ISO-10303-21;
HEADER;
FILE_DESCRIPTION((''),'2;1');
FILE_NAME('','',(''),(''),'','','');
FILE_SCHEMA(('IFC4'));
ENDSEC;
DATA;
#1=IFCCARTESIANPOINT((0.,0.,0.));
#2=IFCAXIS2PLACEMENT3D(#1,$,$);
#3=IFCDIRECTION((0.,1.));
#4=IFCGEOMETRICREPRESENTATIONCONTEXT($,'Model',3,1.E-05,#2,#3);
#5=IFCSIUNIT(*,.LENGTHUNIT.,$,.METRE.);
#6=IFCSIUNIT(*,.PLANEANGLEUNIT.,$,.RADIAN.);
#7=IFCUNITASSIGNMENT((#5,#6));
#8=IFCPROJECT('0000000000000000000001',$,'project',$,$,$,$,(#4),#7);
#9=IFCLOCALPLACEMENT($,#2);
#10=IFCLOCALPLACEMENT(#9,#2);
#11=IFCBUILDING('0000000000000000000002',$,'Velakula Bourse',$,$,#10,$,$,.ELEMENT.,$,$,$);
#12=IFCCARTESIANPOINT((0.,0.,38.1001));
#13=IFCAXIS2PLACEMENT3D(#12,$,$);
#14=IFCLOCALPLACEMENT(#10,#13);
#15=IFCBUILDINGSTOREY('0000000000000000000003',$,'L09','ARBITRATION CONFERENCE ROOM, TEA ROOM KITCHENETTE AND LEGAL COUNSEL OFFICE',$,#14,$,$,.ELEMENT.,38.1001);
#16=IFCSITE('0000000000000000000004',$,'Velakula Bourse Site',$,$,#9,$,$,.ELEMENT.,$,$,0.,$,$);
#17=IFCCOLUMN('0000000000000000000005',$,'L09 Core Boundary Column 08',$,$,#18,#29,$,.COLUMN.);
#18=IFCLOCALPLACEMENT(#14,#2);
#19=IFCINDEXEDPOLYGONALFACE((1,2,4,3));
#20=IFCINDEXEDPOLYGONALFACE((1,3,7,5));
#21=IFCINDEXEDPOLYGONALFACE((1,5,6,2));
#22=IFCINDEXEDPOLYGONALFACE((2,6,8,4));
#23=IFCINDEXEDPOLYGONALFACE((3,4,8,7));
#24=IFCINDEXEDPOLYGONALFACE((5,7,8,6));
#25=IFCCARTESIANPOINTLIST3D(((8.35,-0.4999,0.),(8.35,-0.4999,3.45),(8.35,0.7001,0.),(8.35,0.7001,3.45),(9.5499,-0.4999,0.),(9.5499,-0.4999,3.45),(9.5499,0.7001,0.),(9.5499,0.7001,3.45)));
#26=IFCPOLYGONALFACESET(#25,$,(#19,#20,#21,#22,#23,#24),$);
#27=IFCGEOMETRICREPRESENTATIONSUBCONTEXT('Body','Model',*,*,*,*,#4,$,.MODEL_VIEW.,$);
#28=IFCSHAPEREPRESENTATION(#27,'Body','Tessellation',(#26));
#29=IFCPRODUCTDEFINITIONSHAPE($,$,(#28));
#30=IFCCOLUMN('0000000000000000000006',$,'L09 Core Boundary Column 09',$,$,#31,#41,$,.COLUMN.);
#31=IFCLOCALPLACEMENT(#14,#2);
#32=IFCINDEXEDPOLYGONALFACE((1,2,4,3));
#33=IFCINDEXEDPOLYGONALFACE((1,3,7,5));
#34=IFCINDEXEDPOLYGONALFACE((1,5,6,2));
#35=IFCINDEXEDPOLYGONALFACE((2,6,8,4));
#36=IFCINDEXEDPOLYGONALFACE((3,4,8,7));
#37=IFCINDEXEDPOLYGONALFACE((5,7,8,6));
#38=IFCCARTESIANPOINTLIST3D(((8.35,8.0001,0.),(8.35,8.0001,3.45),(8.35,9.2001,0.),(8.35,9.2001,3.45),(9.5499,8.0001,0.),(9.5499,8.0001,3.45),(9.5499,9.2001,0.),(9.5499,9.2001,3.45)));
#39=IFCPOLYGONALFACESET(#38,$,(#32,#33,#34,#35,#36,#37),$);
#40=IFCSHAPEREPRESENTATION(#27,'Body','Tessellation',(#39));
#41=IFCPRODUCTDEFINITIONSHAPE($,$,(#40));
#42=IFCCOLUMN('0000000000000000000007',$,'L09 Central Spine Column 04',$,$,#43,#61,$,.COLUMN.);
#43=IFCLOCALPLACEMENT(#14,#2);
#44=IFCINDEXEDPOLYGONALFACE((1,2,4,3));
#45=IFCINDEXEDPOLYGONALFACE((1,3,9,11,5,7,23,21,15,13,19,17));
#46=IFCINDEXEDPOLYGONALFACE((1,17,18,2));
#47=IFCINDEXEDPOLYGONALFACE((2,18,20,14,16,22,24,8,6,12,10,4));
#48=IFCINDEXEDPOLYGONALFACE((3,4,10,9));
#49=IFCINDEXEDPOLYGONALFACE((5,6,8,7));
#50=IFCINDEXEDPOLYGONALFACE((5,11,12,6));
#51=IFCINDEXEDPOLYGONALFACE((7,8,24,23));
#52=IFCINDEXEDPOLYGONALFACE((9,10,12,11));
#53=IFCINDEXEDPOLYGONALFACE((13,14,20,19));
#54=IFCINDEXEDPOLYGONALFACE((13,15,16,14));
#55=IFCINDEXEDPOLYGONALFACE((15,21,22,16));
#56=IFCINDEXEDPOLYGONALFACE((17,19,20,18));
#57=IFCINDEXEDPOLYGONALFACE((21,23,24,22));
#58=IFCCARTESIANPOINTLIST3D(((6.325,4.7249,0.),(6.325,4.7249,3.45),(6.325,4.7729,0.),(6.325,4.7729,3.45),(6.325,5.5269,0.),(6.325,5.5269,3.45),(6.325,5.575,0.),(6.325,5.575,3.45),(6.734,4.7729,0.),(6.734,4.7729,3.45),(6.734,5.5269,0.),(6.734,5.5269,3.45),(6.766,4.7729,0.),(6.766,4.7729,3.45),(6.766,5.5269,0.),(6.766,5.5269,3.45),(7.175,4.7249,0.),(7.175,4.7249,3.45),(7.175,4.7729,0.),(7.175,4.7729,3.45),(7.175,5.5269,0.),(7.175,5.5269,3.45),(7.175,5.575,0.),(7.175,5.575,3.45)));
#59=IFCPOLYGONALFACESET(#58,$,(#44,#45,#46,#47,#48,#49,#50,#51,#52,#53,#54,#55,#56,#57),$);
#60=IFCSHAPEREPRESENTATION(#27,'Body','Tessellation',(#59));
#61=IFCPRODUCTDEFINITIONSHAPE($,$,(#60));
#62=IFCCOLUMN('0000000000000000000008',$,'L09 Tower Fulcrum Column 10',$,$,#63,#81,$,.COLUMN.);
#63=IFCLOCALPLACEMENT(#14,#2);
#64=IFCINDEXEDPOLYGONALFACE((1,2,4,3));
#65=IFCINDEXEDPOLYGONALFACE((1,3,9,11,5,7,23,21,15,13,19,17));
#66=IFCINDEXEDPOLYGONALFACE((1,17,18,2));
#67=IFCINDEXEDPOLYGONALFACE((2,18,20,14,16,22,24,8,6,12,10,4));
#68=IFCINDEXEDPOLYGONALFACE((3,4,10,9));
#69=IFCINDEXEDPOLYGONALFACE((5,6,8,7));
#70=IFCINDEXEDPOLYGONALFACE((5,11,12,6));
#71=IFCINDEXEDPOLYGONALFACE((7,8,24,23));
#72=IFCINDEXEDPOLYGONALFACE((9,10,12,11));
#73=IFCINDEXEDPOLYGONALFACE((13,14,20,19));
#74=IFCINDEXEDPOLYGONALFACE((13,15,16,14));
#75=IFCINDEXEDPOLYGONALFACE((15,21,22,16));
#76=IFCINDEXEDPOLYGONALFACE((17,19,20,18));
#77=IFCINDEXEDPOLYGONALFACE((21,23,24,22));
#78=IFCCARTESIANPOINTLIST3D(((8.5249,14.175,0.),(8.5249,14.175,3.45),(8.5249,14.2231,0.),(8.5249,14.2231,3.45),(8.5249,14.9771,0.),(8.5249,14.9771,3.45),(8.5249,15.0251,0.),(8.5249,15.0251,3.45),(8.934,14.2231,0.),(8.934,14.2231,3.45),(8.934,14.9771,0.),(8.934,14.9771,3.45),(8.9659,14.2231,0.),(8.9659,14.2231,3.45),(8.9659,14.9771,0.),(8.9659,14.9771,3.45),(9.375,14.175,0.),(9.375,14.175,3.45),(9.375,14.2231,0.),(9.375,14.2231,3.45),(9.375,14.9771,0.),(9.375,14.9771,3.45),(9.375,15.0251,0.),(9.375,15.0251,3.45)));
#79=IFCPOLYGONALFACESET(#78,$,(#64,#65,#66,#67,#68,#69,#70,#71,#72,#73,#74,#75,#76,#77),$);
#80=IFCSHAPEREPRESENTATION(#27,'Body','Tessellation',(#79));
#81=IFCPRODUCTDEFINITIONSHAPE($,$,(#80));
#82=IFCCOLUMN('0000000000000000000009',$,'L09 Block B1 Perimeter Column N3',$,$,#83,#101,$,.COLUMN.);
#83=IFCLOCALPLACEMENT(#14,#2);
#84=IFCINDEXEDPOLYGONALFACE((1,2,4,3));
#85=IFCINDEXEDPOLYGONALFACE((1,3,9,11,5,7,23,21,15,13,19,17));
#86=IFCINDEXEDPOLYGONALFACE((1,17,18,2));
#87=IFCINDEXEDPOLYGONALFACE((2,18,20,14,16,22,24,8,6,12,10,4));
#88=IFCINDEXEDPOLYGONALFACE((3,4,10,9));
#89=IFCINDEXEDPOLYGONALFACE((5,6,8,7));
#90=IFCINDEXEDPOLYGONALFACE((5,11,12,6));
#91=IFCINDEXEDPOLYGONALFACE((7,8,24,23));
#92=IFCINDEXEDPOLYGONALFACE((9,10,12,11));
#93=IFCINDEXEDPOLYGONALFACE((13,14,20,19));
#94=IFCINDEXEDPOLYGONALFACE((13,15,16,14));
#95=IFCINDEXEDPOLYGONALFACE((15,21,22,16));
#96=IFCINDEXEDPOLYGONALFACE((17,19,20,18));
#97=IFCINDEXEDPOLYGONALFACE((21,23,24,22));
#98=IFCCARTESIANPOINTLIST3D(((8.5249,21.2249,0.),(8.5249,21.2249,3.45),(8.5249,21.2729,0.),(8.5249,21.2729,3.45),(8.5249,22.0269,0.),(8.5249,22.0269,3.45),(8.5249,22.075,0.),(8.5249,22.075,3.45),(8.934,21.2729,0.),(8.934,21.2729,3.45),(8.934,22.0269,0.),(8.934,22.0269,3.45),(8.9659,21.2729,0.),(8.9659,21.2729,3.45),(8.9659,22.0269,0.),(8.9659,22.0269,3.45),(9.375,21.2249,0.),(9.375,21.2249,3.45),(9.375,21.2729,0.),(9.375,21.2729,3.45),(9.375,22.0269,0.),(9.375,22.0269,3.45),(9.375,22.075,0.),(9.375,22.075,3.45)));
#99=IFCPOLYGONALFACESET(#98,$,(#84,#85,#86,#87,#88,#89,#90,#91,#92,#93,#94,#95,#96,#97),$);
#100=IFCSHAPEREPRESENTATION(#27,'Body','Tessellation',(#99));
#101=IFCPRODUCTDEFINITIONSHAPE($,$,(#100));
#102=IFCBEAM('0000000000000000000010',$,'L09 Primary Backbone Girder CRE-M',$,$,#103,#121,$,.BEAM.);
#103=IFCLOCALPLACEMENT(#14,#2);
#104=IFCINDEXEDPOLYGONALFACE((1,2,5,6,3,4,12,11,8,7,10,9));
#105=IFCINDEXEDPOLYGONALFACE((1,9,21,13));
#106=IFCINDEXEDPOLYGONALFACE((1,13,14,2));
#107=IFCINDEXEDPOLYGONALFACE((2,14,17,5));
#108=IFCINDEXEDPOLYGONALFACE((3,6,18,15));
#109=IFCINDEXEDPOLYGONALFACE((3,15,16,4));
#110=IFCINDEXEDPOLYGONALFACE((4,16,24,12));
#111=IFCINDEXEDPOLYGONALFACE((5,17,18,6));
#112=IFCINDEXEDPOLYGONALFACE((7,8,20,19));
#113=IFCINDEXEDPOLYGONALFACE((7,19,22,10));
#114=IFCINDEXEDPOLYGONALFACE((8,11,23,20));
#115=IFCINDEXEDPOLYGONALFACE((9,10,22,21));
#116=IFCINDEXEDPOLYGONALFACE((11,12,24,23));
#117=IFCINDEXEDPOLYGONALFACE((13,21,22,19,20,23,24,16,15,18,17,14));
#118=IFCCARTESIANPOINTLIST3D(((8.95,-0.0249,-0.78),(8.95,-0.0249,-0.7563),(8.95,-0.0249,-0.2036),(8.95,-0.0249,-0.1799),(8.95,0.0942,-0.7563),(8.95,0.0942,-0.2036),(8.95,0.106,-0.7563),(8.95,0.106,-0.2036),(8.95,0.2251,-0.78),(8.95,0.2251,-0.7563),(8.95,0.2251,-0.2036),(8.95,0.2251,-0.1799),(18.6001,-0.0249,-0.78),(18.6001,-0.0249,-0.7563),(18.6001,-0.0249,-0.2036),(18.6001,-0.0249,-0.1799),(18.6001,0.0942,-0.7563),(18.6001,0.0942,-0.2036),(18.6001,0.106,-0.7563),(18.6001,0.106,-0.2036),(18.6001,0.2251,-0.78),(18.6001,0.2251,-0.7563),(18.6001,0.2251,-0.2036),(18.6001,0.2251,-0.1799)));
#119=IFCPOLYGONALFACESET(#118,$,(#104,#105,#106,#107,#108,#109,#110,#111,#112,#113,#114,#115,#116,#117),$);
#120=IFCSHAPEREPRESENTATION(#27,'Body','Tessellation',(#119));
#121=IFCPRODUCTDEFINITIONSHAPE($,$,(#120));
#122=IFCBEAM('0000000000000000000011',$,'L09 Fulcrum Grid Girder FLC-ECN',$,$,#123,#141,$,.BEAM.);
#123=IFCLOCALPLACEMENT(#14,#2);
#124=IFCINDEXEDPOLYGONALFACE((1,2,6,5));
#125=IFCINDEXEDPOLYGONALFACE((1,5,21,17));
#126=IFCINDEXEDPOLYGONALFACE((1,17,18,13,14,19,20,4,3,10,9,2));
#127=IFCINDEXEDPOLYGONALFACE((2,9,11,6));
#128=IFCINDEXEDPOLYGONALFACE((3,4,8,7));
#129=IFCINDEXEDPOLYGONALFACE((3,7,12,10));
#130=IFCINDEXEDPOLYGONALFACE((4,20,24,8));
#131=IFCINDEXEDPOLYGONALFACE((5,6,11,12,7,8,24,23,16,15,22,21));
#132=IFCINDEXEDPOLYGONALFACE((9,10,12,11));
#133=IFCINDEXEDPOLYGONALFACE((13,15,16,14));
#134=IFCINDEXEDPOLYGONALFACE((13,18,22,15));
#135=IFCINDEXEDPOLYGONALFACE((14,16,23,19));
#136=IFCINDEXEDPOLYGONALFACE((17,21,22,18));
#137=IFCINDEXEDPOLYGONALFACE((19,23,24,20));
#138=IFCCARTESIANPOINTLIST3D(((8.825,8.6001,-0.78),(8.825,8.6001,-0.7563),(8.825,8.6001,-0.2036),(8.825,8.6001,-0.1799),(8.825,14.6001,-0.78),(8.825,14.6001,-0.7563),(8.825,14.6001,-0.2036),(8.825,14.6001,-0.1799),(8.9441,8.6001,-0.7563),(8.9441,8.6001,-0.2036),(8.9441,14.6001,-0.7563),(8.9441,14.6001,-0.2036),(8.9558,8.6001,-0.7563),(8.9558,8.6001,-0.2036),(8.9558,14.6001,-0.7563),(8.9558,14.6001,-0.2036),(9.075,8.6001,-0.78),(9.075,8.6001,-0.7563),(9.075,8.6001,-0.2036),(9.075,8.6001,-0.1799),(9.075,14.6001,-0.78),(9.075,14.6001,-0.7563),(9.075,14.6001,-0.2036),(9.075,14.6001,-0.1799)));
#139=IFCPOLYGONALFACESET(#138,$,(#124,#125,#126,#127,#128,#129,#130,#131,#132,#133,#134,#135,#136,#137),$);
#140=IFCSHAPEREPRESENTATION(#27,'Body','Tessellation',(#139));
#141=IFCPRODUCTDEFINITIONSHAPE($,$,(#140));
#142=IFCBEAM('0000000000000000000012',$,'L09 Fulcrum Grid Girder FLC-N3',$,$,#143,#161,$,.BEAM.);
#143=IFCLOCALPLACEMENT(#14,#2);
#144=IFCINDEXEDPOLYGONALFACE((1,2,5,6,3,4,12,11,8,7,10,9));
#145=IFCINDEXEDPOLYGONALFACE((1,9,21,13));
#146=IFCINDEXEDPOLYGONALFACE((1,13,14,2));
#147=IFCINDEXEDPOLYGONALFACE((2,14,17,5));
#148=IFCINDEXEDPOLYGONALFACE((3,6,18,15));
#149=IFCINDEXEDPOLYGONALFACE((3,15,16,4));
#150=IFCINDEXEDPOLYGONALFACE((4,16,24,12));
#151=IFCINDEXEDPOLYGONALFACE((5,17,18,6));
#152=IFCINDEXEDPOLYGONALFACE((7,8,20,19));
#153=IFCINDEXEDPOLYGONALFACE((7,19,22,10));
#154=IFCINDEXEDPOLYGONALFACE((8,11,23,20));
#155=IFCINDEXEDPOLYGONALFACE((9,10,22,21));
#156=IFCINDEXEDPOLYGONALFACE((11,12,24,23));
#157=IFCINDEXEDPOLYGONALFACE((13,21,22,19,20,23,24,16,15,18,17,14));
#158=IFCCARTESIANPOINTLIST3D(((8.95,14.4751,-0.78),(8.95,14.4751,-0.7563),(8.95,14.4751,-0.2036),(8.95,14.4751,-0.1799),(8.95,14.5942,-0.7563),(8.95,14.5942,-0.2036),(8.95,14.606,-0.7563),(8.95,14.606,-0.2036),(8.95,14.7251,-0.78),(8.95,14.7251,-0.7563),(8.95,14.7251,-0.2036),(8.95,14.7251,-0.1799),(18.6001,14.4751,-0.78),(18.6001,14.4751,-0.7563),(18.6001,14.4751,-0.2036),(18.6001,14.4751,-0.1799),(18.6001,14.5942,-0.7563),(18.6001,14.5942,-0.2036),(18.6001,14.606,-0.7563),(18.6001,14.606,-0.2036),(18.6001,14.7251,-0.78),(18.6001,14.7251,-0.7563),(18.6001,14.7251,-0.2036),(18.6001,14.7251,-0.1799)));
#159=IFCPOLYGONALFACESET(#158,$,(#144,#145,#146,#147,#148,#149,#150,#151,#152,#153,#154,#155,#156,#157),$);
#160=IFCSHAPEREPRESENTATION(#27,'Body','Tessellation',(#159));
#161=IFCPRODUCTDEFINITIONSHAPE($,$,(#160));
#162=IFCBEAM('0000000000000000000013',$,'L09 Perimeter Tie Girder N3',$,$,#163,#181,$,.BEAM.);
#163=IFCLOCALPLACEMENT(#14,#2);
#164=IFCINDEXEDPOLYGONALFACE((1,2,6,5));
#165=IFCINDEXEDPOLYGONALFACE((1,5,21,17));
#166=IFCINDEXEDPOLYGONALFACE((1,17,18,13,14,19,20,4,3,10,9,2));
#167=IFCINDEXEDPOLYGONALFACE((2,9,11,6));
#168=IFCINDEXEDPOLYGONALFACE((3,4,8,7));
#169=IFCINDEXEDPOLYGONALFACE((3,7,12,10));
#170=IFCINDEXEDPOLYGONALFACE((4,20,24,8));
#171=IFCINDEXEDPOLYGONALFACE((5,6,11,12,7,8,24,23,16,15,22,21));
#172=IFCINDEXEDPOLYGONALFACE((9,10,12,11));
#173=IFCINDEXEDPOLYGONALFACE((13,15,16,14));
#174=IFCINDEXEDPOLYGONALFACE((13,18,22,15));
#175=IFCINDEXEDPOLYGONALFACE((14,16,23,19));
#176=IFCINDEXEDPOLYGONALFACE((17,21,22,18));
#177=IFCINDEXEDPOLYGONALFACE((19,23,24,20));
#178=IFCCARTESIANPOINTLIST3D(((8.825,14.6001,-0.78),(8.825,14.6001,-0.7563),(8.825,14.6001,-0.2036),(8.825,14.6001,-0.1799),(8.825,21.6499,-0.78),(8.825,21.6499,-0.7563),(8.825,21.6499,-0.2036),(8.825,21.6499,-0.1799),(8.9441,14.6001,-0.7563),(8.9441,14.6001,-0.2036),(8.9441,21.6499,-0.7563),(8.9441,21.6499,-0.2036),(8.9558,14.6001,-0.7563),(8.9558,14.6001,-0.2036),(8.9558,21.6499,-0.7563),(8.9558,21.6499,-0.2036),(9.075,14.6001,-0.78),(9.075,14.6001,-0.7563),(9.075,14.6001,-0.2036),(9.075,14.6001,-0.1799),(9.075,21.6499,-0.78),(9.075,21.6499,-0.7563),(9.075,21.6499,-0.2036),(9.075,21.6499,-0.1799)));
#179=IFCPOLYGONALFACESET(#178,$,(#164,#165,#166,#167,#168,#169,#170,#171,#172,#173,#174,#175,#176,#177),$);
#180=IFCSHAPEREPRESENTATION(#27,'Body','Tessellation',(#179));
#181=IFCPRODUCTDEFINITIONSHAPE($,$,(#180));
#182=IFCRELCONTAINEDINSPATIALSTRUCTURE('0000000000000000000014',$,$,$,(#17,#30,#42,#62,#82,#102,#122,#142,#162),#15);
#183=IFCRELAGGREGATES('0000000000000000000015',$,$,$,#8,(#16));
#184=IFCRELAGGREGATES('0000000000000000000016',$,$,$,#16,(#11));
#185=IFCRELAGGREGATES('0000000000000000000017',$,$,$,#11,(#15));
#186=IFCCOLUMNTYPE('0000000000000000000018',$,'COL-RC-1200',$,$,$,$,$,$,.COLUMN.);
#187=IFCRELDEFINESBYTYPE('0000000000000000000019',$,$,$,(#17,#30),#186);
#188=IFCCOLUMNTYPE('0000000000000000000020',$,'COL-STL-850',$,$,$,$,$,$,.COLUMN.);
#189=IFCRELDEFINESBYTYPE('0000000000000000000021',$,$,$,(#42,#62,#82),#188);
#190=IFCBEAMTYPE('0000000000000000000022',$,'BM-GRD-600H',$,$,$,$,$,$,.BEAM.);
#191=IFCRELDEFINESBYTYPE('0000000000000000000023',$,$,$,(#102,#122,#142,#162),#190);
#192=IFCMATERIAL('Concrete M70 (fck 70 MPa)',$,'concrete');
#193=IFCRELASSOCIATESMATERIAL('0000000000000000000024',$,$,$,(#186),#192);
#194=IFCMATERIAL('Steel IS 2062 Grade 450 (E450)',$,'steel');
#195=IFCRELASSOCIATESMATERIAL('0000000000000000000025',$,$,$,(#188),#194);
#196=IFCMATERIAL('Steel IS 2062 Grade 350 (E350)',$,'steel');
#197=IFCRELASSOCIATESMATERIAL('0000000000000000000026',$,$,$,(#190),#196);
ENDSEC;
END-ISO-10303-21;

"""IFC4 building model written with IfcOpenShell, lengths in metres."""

from ifc_helpers import new_model, si_unit, direction, frame, origin, origin_2d, place, context, subcontext, project, spatial, rectangle, i_section, extrude, material, material_profile, profile_set, type_object, element, save


model = new_model("IFC4")

# Units and contexts
model_context = context("Model", 3, precision=1e-05, world=origin(), true_north=direction((0.0, 1.0)))
body_context = subcontext(model_context, "Body", "Model", "MODEL_VIEW")
ifc_project = project(units=[si_unit("LENGTHUNIT", "METRE"), si_unit("PLANEANGLEUNIT", "RADIAN")], contexts=[model_context])

# Site, building, storey
site_placement = place(None, origin())
site = spatial("IfcSite", under=ifc_project, at=site_placement, Name="Velakula Bourse Site", CompositionType="ELEMENT", RefElevation=0.0)
building_placement = place(site_placement, origin())
building = spatial("IfcBuilding", under=site, at=building_placement, Name="Velakula Bourse", CompositionType="ELEMENT")
storey_placement = place(building_placement, frame((0.0, 0.0, 38.1001)))
storey = spatial("IfcBuildingStorey", under=building, at=storey_placement, Name="L09", Description="ARBITRATION CONFERENCE ROOM, TEA ROOM KITCHENETTE AND LEGAL COUNSEL OFFICE", CompositionType="ELEMENT", Elevation=38.1001)

# Columns
ifc_material_1 = material(Name="Concrete M70 (fck 70 MPa)", Category="concrete")
ifc_material_profile_1 = material_profile(ifc_material_1, rectangle(XDim=1.2, YDim=1.2, at=origin_2d()), Name="Concrete M70 (fck 70 MPa)")
ifc_profile_set_1 = profile_set([ifc_material_profile_1], Name="Concrete M70 (fck 70 MPa)")
column_type_1 = type_object("IfcColumnType", Name="COL-RC-1200", PredefinedType="COLUMN", material=ifc_profile_set_1)
for number, where, z_axis, x_axis, name in (
    (1, (8.95, 0.1001, 0.0), (0.0, 0.0, 1.0), (1.0, 0.0, 0.0), "L09 Core Boundary Column 08"),
    (2, (8.95, 8.6001, 0.0), (0.0, 0.0, 1.0), (1.0, 0.0, 0.0), "L09 Core Boundary Column 09"),
):
    element("IfcColumn", number, at=place(storey_placement, frame(where, z_axis=z_axis, x_axis=x_axis)), inside=storey, type_object=column_type_1, Name=name, PredefinedType="COLUMN", context=body_context, shape_type="SweptSolid", body=[
        extrude(rectangle(XDim=1.2, YDim=1.2, at=origin_2d()), origin(), (0.0, 0.0, 1.0), 3.45),
    ])
ifc_material_2 = material(Name="Steel IS 2062 Grade 450 (E450)", Category="steel")
ifc_material_profile_2 = material_profile(ifc_material_2, i_section(OverallWidth=0.8501, OverallDepth=0.8501, WebThickness=0.032, FlangeThickness=0.0481, at=origin_2d()), Name="Steel IS 2062 Grade 450 (E450)")
ifc_profile_set_2 = profile_set([ifc_material_profile_2], Name="Steel IS 2062 Grade 450 (E450)")
column_type_2 = type_object("IfcColumnType", Name="COL-STL-850", PredefinedType="COLUMN", material=ifc_profile_set_2)
for number, where, z_axis, x_axis, name in (
    (3, (6.75, 5.1499, 0.0), (0.0, 0.0, 1.0), (1.0, 0.0, 0.0), "L09 Central Spine Column 04"),
    (4, (8.95, 14.6001, 0.0), (0.0, 0.0, 1.0), (1.0, 0.0, 0.0), "L09 Tower Fulcrum Column 10"),
    (5, (8.95, 21.6499, 0.0), (0.0, 0.0, 1.0), (1.0, 0.0, 0.0), "L09 Block B1 Perimeter Column N3"),
):
    element("IfcColumn", number, at=place(storey_placement, frame(where, z_axis=z_axis, x_axis=x_axis)), inside=storey, type_object=column_type_2, Name=name, PredefinedType="COLUMN", context=body_context, shape_type="SweptSolid", body=[
        extrude(i_section(OverallWidth=0.8501, OverallDepth=0.8501, WebThickness=0.032, FlangeThickness=0.0481, at=origin_2d()), origin(), (0.0, 0.0, 1.0), 3.45),
    ])

# Beams
ifc_material_3 = material(Name="Steel IS 2062 Grade 350 (E350)", Category="steel")
ifc_material_profile_3 = material_profile(ifc_material_3, i_section(OverallWidth=0.25, OverallDepth=0.6001, WebThickness=0.0117, FlangeThickness=0.0237, at=origin_2d()), Name="Steel IS 2062 Grade 350 (E350)")
ifc_profile_set_3 = profile_set([ifc_material_profile_3], Name="Steel IS 2062 Grade 350 (E350)")
beam_type_1 = type_object("IfcBeamType", Name="BM-GRD-600H", PredefinedType="BEAM", material=ifc_profile_set_3)
beam_1_placement = place(storey_placement, frame((8.95, 0.1001, -0.48), z_axis=(1.0, 0.0, 0.0), x_axis=(0.0, 1.0, 0.0)))
element("IfcBeam", 6, at=beam_1_placement, inside=storey, type_object=beam_type_1, Name="L09 Primary Backbone Girder CRE-M", PredefinedType="BEAM", context=body_context, shape_type="SweptSolid", body=[
    extrude(i_section(OverallWidth=0.25, OverallDepth=0.6001, WebThickness=0.0117, FlangeThickness=0.0237, at=origin_2d()), origin(), (0.0, 0.0, 1.0), 9.6501),
])
beam_2_placement = place(storey_placement, frame((8.95, 8.6001, -0.48), z_axis=(0.0, 1.0, 0.0), x_axis=(-1.0, 0.0, 0.0)))
element("IfcBeam", 7, at=beam_2_placement, inside=storey, type_object=beam_type_1, Name="L09 Fulcrum Grid Girder FLC-ECN", PredefinedType="BEAM", context=body_context, shape_type="SweptSolid", body=[
    extrude(i_section(OverallWidth=0.25, OverallDepth=0.6001, WebThickness=0.0117, FlangeThickness=0.0237, at=origin_2d()), origin(), (0.0, 0.0, 1.0), 6.0),
])
beam_3_placement = place(storey_placement, frame((8.95, 14.6001, -0.48), z_axis=(1.0, 0.0, 0.0), x_axis=(0.0, 1.0, 0.0)))
element("IfcBeam", 8, at=beam_3_placement, inside=storey, type_object=beam_type_1, Name="L09 Fulcrum Grid Girder FLC-N3", PredefinedType="BEAM", context=body_context, shape_type="SweptSolid", body=[
    extrude(i_section(OverallWidth=0.25, OverallDepth=0.6001, WebThickness=0.0117, FlangeThickness=0.0237, at=origin_2d()), origin(), (0.0, 0.0, 1.0), 9.6501),
])
beam_4_placement = place(storey_placement, frame((8.95, 14.6001, -0.48), z_axis=(0.0, 1.0, 0.0), x_axis=(-1.0, 0.0, 0.0)))
element("IfcBeam", 9, at=beam_4_placement, inside=storey, type_object=beam_type_1, Name="L09 Perimeter Tie Girder N3", PredefinedType="BEAM", context=body_context, shape_type="SweptSolid", body=[
    extrude(i_section(OverallWidth=0.25, OverallDepth=0.6001, WebThickness=0.0117, FlangeThickness=0.0237, at=origin_2d()), origin(), (0.0, 0.0, 1.0), 7.0498),
])

save(model, "model.ifc")
